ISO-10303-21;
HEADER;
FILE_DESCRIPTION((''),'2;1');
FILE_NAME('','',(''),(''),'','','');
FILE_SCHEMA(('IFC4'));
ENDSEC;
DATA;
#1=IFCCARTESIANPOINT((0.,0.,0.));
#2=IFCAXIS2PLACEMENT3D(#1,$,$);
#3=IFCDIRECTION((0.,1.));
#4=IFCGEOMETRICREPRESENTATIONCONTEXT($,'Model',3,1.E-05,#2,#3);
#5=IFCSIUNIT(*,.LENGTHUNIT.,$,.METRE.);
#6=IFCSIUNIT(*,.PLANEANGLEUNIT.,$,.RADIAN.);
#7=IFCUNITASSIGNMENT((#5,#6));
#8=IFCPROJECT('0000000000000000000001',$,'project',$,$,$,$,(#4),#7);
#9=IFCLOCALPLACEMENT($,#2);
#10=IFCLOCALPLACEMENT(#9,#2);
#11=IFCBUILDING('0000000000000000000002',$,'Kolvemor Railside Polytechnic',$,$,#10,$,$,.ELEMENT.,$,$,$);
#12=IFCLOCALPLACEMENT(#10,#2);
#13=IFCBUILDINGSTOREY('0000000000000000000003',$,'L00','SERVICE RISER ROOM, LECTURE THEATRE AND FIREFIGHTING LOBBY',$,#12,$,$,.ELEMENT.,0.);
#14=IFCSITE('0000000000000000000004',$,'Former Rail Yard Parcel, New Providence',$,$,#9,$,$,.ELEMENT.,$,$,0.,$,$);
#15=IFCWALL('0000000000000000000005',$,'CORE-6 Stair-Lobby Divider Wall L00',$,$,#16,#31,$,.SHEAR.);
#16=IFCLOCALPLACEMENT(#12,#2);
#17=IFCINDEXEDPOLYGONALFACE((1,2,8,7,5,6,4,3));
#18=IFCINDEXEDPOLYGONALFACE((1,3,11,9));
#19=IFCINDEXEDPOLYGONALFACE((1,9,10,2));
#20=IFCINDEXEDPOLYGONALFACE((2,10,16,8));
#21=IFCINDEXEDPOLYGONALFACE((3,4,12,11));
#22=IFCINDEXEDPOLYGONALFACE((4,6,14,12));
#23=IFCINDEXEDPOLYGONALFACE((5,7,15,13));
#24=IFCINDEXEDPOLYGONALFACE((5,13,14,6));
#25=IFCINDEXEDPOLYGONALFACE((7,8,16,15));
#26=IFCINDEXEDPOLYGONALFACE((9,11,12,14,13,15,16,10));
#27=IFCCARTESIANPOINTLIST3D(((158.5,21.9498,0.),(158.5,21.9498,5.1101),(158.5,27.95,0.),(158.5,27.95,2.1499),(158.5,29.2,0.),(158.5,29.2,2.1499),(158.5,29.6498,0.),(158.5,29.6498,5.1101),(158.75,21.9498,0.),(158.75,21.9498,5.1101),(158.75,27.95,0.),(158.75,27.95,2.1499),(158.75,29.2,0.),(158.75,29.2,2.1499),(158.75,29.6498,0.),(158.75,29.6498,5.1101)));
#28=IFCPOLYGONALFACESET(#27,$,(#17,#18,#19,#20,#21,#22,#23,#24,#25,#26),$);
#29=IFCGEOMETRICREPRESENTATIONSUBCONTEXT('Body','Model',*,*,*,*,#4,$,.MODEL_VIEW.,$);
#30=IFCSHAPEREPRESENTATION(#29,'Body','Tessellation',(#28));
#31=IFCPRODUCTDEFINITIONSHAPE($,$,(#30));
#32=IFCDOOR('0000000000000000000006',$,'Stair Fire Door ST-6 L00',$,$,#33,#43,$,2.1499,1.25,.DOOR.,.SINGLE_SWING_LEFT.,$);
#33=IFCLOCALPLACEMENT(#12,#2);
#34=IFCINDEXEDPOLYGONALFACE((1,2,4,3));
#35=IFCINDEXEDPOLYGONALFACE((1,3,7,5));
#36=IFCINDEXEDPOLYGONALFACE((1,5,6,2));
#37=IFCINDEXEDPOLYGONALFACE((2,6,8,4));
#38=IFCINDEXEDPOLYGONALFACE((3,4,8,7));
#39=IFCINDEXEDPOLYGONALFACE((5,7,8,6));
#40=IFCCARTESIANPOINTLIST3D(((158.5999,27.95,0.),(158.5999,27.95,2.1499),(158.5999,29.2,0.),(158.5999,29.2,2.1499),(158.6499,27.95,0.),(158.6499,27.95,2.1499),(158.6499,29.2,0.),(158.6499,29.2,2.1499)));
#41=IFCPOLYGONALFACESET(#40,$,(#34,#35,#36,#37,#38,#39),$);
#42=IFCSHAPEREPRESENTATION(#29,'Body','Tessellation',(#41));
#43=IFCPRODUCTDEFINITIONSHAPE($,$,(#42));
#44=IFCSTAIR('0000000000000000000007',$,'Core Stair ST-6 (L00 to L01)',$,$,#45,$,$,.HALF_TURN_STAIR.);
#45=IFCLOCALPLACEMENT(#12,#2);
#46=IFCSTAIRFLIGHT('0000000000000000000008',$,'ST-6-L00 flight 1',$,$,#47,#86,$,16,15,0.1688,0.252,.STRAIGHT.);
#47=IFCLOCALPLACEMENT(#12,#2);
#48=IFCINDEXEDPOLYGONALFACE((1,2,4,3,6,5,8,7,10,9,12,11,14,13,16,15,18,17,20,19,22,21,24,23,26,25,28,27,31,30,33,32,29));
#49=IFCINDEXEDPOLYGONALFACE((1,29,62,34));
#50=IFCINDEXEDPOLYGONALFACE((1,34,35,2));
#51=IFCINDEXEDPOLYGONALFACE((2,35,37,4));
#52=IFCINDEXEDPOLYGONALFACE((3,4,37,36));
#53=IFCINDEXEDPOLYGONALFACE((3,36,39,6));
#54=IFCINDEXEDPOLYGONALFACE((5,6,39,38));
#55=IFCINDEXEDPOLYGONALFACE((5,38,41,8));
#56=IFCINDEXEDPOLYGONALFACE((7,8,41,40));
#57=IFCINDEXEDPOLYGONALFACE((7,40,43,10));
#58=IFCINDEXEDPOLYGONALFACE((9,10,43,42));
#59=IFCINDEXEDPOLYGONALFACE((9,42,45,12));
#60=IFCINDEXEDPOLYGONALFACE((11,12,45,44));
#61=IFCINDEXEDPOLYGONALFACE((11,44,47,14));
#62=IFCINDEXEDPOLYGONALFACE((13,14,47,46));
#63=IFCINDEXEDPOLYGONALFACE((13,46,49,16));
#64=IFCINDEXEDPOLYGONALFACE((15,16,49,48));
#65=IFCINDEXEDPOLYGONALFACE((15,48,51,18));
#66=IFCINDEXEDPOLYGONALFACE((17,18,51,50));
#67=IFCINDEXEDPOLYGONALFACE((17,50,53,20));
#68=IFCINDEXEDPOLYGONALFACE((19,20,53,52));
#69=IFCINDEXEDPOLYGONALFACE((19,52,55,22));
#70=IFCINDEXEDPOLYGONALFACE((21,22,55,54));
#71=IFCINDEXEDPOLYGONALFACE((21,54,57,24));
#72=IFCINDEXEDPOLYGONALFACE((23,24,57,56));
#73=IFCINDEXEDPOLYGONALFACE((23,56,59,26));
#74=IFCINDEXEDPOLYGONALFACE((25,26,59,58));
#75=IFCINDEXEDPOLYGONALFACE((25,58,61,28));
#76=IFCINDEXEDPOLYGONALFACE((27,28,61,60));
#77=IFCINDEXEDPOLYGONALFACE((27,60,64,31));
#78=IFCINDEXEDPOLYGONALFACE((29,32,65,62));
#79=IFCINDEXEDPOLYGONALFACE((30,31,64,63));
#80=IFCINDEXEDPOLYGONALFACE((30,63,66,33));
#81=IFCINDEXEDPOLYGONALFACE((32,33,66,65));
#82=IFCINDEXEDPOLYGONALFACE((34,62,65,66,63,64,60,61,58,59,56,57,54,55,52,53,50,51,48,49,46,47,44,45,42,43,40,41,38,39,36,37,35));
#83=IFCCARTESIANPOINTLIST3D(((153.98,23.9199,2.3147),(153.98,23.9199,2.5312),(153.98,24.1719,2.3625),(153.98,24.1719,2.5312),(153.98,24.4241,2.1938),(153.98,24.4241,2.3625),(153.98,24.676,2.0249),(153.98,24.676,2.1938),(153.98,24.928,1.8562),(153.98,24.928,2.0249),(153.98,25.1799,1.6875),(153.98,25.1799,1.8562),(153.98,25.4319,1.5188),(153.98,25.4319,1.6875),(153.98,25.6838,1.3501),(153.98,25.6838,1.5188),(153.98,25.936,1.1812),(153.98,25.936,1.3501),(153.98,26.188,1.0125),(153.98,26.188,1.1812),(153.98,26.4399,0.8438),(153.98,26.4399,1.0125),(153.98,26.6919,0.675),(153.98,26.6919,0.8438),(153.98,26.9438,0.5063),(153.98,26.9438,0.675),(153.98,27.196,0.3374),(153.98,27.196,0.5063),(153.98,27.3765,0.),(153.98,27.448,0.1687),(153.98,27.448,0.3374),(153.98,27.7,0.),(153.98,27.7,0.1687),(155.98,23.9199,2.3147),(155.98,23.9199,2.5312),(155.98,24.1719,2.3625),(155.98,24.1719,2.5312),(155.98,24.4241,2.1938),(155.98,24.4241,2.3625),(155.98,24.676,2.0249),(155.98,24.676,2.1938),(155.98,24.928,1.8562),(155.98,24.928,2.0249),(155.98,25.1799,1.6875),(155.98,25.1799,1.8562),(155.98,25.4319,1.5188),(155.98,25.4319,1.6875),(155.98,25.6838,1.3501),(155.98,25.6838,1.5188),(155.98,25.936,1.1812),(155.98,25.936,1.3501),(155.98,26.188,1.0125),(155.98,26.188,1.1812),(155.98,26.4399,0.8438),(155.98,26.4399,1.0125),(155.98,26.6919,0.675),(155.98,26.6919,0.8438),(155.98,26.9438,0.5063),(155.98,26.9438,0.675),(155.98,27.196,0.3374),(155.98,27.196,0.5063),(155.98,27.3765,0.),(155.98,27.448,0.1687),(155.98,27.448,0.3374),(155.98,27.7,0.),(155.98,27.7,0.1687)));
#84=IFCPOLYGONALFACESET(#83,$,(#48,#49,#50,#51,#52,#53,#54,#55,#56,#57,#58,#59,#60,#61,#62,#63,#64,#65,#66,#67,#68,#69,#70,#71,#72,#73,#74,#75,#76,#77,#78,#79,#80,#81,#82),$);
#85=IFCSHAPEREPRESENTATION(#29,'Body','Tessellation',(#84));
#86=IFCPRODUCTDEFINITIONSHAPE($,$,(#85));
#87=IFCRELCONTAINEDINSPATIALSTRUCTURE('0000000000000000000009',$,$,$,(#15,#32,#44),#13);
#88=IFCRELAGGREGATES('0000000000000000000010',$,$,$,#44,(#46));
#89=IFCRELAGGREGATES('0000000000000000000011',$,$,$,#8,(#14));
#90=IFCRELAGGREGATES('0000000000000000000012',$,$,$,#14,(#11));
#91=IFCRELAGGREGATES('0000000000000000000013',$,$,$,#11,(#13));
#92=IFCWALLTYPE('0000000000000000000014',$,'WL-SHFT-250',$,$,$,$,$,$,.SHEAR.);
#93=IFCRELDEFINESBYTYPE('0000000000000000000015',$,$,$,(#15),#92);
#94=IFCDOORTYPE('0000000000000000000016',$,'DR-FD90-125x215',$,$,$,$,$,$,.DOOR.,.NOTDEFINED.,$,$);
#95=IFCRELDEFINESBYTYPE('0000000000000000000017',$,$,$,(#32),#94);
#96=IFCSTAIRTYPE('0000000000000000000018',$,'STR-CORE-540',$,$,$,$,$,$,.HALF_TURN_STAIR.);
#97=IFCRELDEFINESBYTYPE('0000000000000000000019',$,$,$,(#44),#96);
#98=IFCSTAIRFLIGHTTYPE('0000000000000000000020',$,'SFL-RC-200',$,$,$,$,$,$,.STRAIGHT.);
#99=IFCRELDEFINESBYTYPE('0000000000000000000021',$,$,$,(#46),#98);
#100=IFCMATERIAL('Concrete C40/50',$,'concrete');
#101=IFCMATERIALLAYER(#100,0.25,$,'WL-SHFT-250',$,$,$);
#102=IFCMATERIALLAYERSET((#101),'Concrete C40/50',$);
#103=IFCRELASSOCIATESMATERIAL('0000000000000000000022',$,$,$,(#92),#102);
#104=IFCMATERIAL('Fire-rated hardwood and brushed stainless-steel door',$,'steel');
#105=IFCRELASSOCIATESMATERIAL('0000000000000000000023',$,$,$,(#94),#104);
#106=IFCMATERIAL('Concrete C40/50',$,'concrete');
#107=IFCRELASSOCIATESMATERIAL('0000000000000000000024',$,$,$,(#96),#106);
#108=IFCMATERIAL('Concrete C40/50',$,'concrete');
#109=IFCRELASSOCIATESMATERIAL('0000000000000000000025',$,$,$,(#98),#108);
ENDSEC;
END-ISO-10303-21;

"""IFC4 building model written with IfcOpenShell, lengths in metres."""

from ifc_helpers import new_model, si_unit, direction, frame, frame_2d, origin, place, context, subcontext, project, spatial, polyline, rectangle, outline, extrude, material, layer, layer_set, type_object, element, fill, aggregate, save


model = new_model("IFC4")

# Units and contexts
model_context = context("Model", 3, precision=1e-05, world=origin(), true_north=direction((0.0, 1.0)))
body_context = subcontext(model_context, "Body", "Model", "MODEL_VIEW")
ifc_project = project(units=[si_unit("LENGTHUNIT", "METRE"), si_unit("PLANEANGLEUNIT", "RADIAN")], contexts=[model_context])

# Site, building, storey
site_placement = place(None, origin())
site = spatial("IfcSite", under=ifc_project, at=site_placement, Name="Former Rail Yard Parcel, New Providence", CompositionType="ELEMENT", RefElevation=0.0)
building_placement = place(site_placement, origin())
building = spatial("IfcBuilding", under=site, at=building_placement, Name="Kolvemor Railside Polytechnic", CompositionType="ELEMENT")
storey_placement = place(building_placement, origin())
storey = spatial("IfcBuildingStorey", under=building, at=storey_placement, Name="L00", Description="SERVICE RISER ROOM, LECTURE THEATRE AND FIREFIGHTING LOBBY", CompositionType="ELEMENT", Elevation=0.0)

# Wall, opening, door
ifc_material_1 = material(Name="Concrete C40/50", Category="concrete")
ifc_layer_1 = layer(ifc_material_1, 0.25, Name="WL-SHFT-250")
ifc_layer_set_1 = layer_set([ifc_layer_1], Name="Concrete C40/50")
wall_type_1 = type_object("IfcWallType", Name="WL-SHFT-250", PredefinedType="SHEAR", material=ifc_layer_set_1)
wall_1_placement = place(storey_placement, frame((158.625, 29.6499, 0.0), z_axis=(0.0, 0.0, 1.0), x_axis=(0.0, -1.0, 0.0)))
wall_1 = element("IfcWall", 1, at=wall_1_placement, inside=storey, type_object=wall_type_1, Name="CORE-6 Stair-Lobby Divider Wall L00", PredefinedType="SHEAR", context=body_context, shape_type="SweptSolid", body=[
    extrude(rectangle(XDim=7.7, YDim=0.25, at=frame_2d((3.8501, 0.0))), origin(), (0.0, 0.0, 1.0), 5.1101),
])
opening_placement = place(wall_1_placement, frame((0.45, 0.0, 0.0)))
opening = element("IfcOpeningElement", 2, at=opening_placement, cuts=wall_1, PredefinedType="OPENING", context=body_context, shape_type="SweptSolid", body=[
    extrude(rectangle(XDim=1.25, YDim=2.1499, at=frame_2d((0.625, 1.075))), frame((0.0, 0.135, 0.0), z_axis=(0.0, -1.0, 0.0), x_axis=(1.0, 0.0, 0.0)), (0.0, 0.0, 1.0), 0.27),
])
ifc_material_2 = material(Name="Fire-rated hardwood and brushed stainless-steel door", Category="steel")
door_type = type_object("IfcDoorType", Name="DR-FD90-125x215", OperationType="NOTDEFINED", PredefinedType="DOOR", material=ifc_material_2)
door_placement = place(opening_placement, origin())
door = element("IfcDoor", 3, at=door_placement, inside=storey, type_object=door_type, Name="Stair Fire Door ST-6 L00", OperationType="SINGLE_SWING_LEFT", OverallHeight=2.1499, OverallWidth=1.25, PredefinedType="DOOR", context=body_context, shape_type="SweptSolid", body=[
    extrude(rectangle(XDim=1.25, YDim=2.1499, at=frame_2d((0.625, 1.075))), frame((0.0, 0.0249, 0.0), z_axis=(0.0, -1.0, 0.0), x_axis=(1.0, 0.0, 0.0)), (0.0, 0.0, 1.0), 0.05),
])
fill(opening, door)

# Stair, stair flight
ifc_material_3 = material(Name="Concrete C40/50", Category="concrete")
stair_type = type_object("IfcStairType", Name="STR-CORE-540", PredefinedType="HALF_TURN_STAIR", material=ifc_material_3)
stair_placement = place(storey_placement, origin())
stair = element("IfcStair", 4, at=stair_placement, inside=storey, type_object=stair_type, Name="Core Stair ST-6 (L00 to L01)", PredefinedType="HALF_TURN_STAIR")
ifc_material_4 = material(Name="Concrete C40/50", Category="concrete")
stair_flight_type = type_object("IfcStairFlightType", Name="SFL-RC-200", PredefinedType="STRAIGHT", material=ifc_material_4)
stair_flight_placement = place(storey_placement, frame((154.98, 27.7, 0.0), z_axis=(0.0, 0.0, 1.0), x_axis=(0.0, -1.0, 0.0)))
stair_flight = element("IfcStairFlight", 5, at=stair_flight_placement, type_object=stair_flight_type, Name="ST-6-L00 flight 1", NumberOfRisers=16, NumberOfTreads=15, PredefinedType="STRAIGHT", RiserHeight=0.1688, TreadLength=0.252, context=body_context, shape_type="SweptSolid", body=[
    extrude(outline(polyline([(0.0, 0.0), (0.0, 0.1687), (0.252, 0.1687), (0.252, 0.3374), (0.5039, 0.3374), (0.5039, 0.5063), (0.7561, 0.5063), (0.7561, 0.675), (1.0081, 0.675), (1.0081, 0.8438), (1.26, 0.8438), (1.26, 1.0125), (1.512, 1.0125), (1.512, 1.1812), (1.7639, 1.1812), (1.7639, 1.3501), (2.0161, 1.3501), (2.0161, 1.5188), (2.2681, 1.5188), (2.2681, 1.6875), (2.52, 1.6875), (2.52, 1.8562), (2.772, 1.8562), (2.772, 2.0249), (3.0239, 2.0249), (3.0239, 2.1938), (3.2759, 2.1938), (3.2759, 2.3625), (3.5281, 2.3625), (3.5281, 2.5312), (3.78, 2.5312), (3.78, 2.7), (3.78, 2.3147), (0.3235, 0.0), (0.0, 0.0)])), frame((0.0, 1.0, 0.0), z_axis=(0.0, -1.0, 0.0), x_axis=(1.0, 0.0, 0.0)), (0.0, 0.0, 1.0), 2.0),
])
aggregate(stair, [stair_flight])

save(model, "model.ifc")
